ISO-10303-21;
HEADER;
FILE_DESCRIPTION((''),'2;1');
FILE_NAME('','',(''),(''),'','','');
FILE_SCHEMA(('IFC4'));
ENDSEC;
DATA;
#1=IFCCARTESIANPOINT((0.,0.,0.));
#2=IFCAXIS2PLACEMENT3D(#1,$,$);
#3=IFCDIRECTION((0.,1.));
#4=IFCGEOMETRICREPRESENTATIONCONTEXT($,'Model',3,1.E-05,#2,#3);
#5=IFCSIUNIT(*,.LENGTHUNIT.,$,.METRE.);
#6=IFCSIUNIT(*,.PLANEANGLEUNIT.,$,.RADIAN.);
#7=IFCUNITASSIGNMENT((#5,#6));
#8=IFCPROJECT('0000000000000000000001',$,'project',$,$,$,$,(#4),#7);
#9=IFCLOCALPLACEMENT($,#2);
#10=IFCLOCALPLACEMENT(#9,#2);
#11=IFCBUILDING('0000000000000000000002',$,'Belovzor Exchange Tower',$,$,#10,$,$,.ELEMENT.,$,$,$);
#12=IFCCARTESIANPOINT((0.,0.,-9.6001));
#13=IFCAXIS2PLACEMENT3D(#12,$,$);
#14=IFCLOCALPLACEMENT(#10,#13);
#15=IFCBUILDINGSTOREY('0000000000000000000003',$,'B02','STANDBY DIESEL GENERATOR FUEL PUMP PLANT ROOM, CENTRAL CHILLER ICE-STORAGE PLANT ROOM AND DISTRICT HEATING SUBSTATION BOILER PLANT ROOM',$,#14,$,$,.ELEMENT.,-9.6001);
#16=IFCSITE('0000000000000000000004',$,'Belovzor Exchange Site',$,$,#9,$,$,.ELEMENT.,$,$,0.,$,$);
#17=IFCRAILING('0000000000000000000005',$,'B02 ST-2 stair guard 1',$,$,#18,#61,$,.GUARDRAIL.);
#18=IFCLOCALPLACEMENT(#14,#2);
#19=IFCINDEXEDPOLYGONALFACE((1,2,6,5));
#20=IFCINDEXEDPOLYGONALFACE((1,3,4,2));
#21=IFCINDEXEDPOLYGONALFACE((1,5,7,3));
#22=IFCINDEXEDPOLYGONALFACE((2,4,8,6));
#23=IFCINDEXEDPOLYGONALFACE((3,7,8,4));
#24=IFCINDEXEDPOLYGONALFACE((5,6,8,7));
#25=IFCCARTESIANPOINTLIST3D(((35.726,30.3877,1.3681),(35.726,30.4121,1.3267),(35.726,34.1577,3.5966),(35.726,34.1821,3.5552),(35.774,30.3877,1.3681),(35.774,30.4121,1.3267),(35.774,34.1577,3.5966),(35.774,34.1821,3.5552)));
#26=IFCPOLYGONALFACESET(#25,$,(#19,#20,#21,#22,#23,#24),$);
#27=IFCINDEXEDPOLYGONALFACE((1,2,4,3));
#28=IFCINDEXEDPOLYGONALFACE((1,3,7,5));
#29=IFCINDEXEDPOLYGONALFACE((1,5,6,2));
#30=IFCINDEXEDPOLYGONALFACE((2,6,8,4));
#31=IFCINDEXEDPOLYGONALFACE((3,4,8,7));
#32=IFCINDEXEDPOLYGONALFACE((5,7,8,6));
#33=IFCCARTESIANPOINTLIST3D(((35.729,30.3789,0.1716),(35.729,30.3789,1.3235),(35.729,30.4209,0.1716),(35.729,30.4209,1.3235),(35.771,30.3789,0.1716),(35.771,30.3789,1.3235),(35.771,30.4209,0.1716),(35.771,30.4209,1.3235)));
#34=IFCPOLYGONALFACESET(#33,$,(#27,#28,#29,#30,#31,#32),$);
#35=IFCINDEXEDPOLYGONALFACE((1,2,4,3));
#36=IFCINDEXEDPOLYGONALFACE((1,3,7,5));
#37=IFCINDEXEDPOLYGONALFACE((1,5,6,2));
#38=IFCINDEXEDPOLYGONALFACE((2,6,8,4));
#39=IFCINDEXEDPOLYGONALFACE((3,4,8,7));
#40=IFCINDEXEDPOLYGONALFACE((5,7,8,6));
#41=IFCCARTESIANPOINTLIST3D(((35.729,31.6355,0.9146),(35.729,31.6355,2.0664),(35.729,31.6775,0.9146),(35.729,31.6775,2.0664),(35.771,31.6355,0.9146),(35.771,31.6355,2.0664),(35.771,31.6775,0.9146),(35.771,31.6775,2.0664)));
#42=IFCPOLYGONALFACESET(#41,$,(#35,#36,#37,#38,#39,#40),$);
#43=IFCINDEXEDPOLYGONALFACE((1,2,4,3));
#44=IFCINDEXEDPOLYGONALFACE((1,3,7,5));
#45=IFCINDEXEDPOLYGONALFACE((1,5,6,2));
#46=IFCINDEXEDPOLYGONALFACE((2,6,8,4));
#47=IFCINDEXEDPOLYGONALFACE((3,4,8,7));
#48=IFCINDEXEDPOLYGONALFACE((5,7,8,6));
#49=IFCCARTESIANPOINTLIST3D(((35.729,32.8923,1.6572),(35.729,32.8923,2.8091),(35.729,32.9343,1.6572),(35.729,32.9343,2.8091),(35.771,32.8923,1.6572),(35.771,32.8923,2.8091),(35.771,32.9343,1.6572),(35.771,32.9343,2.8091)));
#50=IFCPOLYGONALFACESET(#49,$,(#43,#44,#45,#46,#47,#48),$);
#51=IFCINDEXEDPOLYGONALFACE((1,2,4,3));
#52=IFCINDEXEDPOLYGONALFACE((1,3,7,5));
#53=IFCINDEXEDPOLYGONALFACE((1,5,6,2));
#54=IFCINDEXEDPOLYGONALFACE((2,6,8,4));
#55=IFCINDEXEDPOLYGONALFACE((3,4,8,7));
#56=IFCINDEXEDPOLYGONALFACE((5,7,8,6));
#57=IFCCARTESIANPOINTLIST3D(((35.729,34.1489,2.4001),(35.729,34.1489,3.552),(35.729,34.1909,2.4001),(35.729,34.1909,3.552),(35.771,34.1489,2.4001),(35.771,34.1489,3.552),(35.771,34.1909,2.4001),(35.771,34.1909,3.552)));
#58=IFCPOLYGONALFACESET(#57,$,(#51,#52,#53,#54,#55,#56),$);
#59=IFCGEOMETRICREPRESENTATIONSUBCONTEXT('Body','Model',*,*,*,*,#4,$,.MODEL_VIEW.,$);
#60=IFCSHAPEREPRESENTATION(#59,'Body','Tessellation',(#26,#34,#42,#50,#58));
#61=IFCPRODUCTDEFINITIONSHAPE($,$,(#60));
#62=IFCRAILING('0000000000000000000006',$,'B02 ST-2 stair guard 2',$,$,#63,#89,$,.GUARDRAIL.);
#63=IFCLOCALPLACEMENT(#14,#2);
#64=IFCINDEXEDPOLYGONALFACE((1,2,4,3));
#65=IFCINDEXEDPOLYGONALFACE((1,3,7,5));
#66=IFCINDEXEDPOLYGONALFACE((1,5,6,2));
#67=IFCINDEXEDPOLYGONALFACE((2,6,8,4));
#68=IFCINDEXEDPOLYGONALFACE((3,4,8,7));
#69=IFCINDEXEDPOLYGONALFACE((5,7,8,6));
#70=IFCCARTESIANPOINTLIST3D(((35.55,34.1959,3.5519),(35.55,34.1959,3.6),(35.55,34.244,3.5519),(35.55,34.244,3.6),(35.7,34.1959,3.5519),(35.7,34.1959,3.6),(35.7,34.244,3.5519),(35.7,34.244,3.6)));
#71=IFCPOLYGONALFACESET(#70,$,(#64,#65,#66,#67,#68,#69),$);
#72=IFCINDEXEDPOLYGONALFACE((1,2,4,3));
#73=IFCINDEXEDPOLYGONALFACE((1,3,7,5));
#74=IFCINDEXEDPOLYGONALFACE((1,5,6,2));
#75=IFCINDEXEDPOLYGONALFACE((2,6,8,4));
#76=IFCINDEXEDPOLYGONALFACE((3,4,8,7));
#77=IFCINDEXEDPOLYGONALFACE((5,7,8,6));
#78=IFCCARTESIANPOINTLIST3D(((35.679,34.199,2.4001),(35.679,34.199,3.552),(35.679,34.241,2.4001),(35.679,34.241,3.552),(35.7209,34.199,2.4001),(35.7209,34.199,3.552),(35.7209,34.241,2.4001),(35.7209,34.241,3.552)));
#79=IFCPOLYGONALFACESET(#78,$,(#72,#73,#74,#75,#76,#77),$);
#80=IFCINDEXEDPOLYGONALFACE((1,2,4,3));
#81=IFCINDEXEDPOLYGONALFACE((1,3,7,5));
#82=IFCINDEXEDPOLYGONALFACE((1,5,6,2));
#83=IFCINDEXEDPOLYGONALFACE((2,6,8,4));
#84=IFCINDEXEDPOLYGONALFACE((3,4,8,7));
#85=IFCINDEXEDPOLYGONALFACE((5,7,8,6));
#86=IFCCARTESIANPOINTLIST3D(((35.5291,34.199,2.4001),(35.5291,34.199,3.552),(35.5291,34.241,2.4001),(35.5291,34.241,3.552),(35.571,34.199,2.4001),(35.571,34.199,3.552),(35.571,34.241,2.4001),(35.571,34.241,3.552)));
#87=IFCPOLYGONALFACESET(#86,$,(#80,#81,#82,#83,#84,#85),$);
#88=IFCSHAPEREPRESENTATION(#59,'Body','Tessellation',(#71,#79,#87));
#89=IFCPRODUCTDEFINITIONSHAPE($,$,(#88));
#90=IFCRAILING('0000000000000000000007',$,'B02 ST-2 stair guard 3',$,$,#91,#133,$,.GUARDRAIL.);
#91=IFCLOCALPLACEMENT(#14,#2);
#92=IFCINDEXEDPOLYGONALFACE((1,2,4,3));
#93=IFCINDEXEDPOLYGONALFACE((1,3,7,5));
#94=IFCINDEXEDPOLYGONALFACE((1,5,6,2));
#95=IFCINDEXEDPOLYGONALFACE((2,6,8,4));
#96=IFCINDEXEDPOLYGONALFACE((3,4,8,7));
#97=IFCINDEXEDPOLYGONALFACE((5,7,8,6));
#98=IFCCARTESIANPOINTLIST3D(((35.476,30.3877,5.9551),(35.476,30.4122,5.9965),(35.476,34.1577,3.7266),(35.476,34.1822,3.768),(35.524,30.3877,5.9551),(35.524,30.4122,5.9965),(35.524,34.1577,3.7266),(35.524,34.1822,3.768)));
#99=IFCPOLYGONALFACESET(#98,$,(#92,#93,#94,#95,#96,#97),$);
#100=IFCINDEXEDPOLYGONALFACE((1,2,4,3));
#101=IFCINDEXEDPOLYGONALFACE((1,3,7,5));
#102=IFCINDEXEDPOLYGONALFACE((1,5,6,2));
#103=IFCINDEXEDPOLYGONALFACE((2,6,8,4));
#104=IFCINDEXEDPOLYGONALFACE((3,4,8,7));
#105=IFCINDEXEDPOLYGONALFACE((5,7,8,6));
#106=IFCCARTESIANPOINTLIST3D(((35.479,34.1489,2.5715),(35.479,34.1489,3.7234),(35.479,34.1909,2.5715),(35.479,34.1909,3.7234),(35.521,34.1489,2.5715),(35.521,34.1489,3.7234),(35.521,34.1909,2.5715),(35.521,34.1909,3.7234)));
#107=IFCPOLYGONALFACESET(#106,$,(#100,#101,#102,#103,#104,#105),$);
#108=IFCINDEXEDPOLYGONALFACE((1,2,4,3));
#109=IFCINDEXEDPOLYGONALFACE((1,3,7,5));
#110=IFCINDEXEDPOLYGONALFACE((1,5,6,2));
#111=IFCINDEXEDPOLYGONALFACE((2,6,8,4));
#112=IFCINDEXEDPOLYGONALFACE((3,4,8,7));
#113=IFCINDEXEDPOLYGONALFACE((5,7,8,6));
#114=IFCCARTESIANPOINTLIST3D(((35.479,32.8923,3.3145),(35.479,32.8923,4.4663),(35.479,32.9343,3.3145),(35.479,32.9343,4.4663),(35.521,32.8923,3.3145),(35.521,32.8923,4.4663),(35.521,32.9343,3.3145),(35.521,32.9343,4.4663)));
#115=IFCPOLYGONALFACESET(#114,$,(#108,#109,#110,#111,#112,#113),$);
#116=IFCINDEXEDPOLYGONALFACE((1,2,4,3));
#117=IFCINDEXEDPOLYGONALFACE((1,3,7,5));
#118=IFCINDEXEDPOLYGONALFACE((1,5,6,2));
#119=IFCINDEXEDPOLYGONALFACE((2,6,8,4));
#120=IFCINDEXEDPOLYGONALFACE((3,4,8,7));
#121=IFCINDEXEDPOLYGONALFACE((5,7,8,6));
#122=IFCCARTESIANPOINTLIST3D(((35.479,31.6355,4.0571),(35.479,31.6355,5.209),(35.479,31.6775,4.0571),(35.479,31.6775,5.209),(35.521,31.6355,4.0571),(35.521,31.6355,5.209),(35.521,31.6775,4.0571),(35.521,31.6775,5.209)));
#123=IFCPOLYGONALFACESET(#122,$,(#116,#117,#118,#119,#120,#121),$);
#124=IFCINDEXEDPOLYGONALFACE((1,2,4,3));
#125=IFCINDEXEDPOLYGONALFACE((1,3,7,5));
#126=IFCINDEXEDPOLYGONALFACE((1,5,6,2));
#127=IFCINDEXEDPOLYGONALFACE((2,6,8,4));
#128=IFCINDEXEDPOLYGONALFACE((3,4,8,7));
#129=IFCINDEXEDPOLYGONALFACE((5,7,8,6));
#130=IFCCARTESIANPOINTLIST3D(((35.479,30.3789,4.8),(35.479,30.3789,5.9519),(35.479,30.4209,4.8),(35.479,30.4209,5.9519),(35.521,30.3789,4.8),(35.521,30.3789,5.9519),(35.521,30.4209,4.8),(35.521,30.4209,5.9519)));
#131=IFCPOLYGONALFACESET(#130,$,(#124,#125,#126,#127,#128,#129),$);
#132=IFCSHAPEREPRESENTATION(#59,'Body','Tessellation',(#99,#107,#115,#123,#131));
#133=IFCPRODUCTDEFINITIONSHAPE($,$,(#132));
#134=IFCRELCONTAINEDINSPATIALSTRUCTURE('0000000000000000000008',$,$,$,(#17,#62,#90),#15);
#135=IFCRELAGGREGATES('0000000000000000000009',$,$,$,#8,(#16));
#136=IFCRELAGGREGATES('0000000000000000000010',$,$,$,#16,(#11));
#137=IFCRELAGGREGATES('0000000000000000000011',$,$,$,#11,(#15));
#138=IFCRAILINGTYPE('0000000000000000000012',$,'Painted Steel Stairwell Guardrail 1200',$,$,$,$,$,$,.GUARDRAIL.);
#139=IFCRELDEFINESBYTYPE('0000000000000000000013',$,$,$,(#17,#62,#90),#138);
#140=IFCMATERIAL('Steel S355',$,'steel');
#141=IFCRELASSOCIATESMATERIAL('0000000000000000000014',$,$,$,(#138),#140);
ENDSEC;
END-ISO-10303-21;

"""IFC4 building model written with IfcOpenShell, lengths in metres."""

from ifc_helpers import new_model, si_unit, direction, frame, origin, origin_2d, place, context, subcontext, project, spatial, rectangle, extrude, material, type_object, element, save


model = new_model("IFC4")

# Units and contexts
model_context = context("Model", 3, precision=1e-05, world=origin(), true_north=direction((0.0, 1.0)))
body_context = subcontext(model_context, "Body", "Model", "MODEL_VIEW")
ifc_project = project(units=[si_unit("LENGTHUNIT", "METRE"), si_unit("PLANEANGLEUNIT", "RADIAN")], contexts=[model_context])

# Site, building, storey
site_placement = place(None, origin())
site = spatial("IfcSite", under=ifc_project, at=site_placement, Name="Belovzor Exchange Site", CompositionType="ELEMENT", RefElevation=0.0)
building_placement = place(site_placement, origin())
building = spatial("IfcBuilding", under=site, at=building_placement, Name="Belovzor Exchange Tower", CompositionType="ELEMENT")
storey_placement = place(building_placement, frame((0.0, 0.0, -9.6001)))
storey = spatial("IfcBuildingStorey", under=building, at=storey_placement, Name="B02", Description="STANDBY DIESEL GENERATOR FUEL PUMP PLANT ROOM, CENTRAL CHILLER ICE-STORAGE PLANT ROOM AND DISTRICT HEATING SUBSTATION BOILER PLANT ROOM", CompositionType="ELEMENT", Elevation=-9.6001)

# Railings
ifc_material_1 = material(Name="Steel S355", Category="steel")
railing_type_1 = type_object("IfcRailingType", Name="Painted Steel Stairwell Guardrail 1200", PredefinedType="GUARDRAIL", material=ifc_material_1)
railing_1_placement = place(storey_placement, frame((35.75, 30.3999, 0.1716)))
element("IfcRailing", 1, at=railing_1_placement, inside=storey, type_object=railing_type_1, Name="B02 ST-2 stair guard 1", PredefinedType="GUARDRAIL", context=body_context, shape_type="SweptSolid", body=[
    extrude(rectangle(XDim=0.0481, YDim=0.0481, at=origin_2d()), frame((0.0, 0.0, 1.1758), z_axis=(0.0, 0.860849, 0.508861), x_axis=(-1.0, 0.0, 0.0)), (0.0, 0.0, 1.0), 4.3794),
    extrude(rectangle(XDim=0.042, YDim=0.042, at=origin_2d()), origin(), (0.0, 0.0, 1.0), 1.1519),
    extrude(rectangle(XDim=0.042, YDim=0.042, at=origin_2d()), frame((0.0, 1.2566, 0.7429)), (0.0, 0.0, 1.0), 1.1519),
    extrude(rectangle(XDim=0.042, YDim=0.042, at=origin_2d()), frame((0.0, 2.5134, 1.4856)), (0.0, 0.0, 1.0), 1.1519),
    extrude(rectangle(XDim=0.042, YDim=0.042, at=origin_2d()), frame((0.0, 3.77, 2.2285)), (0.0, 0.0, 1.0), 1.1519),
])
railing_2_placement = place(storey_placement, frame((35.7, 34.22, 2.4001)))
element("IfcRailing", 2, at=railing_2_placement, inside=storey, type_object=railing_type_1, Name="B02 ST-2 stair guard 2", PredefinedType="GUARDRAIL", context=body_context, shape_type="SweptSolid", body=[
    extrude(rectangle(XDim=0.0481, YDim=0.0481, at=origin_2d()), frame((0.0, 0.0, 1.1758), z_axis=(-1.0, 0.0, 0.0), x_axis=(0.0, -1.0, 0.0)), (0.0, 0.0, 1.0), 0.1499),
    extrude(rectangle(XDim=0.042, YDim=0.042, at=origin_2d()), origin(), (0.0, 0.0, 1.0), 1.1519),
    extrude(rectangle(XDim=0.042, YDim=0.042, at=origin_2d()), frame((-0.1499, 0.0, 0.0)), (0.0, 0.0, 1.0), 1.1519),
])
railing_3_placement = place(storey_placement, frame((35.5, 34.1699, 2.5715)))
element("IfcRailing", 3, at=railing_3_placement, inside=storey, type_object=railing_type_1, Name="B02 ST-2 stair guard 3", PredefinedType="GUARDRAIL", context=body_context, shape_type="SweptSolid", body=[
    extrude(rectangle(XDim=0.0481, YDim=0.0481, at=origin_2d()), frame((0.0, 0.0, 1.1758), z_axis=(0.0, -0.860849, 0.508861), x_axis=(1.0, 0.0, 0.0)), (0.0, 0.0, 1.0), 4.3794),
    extrude(rectangle(XDim=0.042, YDim=0.042, at=origin_2d()), origin(), (0.0, 0.0, 1.0), 1.1519),
    extrude(rectangle(XDim=0.042, YDim=0.042, at=origin_2d()), frame((0.0, -1.2566, 0.7429)), (0.0, 0.0, 1.0), 1.1519),
    extrude(rectangle(XDim=0.042, YDim=0.042, at=origin_2d()), frame((0.0, -2.5134, 1.4856)), (0.0, 0.0, 1.0), 1.1519),
    extrude(rectangle(XDim=0.042, YDim=0.042, at=origin_2d()), frame((0.0, -3.77, 2.2285)), (0.0, 0.0, 1.0), 1.1519),
])

save(model, "model.ifc")
